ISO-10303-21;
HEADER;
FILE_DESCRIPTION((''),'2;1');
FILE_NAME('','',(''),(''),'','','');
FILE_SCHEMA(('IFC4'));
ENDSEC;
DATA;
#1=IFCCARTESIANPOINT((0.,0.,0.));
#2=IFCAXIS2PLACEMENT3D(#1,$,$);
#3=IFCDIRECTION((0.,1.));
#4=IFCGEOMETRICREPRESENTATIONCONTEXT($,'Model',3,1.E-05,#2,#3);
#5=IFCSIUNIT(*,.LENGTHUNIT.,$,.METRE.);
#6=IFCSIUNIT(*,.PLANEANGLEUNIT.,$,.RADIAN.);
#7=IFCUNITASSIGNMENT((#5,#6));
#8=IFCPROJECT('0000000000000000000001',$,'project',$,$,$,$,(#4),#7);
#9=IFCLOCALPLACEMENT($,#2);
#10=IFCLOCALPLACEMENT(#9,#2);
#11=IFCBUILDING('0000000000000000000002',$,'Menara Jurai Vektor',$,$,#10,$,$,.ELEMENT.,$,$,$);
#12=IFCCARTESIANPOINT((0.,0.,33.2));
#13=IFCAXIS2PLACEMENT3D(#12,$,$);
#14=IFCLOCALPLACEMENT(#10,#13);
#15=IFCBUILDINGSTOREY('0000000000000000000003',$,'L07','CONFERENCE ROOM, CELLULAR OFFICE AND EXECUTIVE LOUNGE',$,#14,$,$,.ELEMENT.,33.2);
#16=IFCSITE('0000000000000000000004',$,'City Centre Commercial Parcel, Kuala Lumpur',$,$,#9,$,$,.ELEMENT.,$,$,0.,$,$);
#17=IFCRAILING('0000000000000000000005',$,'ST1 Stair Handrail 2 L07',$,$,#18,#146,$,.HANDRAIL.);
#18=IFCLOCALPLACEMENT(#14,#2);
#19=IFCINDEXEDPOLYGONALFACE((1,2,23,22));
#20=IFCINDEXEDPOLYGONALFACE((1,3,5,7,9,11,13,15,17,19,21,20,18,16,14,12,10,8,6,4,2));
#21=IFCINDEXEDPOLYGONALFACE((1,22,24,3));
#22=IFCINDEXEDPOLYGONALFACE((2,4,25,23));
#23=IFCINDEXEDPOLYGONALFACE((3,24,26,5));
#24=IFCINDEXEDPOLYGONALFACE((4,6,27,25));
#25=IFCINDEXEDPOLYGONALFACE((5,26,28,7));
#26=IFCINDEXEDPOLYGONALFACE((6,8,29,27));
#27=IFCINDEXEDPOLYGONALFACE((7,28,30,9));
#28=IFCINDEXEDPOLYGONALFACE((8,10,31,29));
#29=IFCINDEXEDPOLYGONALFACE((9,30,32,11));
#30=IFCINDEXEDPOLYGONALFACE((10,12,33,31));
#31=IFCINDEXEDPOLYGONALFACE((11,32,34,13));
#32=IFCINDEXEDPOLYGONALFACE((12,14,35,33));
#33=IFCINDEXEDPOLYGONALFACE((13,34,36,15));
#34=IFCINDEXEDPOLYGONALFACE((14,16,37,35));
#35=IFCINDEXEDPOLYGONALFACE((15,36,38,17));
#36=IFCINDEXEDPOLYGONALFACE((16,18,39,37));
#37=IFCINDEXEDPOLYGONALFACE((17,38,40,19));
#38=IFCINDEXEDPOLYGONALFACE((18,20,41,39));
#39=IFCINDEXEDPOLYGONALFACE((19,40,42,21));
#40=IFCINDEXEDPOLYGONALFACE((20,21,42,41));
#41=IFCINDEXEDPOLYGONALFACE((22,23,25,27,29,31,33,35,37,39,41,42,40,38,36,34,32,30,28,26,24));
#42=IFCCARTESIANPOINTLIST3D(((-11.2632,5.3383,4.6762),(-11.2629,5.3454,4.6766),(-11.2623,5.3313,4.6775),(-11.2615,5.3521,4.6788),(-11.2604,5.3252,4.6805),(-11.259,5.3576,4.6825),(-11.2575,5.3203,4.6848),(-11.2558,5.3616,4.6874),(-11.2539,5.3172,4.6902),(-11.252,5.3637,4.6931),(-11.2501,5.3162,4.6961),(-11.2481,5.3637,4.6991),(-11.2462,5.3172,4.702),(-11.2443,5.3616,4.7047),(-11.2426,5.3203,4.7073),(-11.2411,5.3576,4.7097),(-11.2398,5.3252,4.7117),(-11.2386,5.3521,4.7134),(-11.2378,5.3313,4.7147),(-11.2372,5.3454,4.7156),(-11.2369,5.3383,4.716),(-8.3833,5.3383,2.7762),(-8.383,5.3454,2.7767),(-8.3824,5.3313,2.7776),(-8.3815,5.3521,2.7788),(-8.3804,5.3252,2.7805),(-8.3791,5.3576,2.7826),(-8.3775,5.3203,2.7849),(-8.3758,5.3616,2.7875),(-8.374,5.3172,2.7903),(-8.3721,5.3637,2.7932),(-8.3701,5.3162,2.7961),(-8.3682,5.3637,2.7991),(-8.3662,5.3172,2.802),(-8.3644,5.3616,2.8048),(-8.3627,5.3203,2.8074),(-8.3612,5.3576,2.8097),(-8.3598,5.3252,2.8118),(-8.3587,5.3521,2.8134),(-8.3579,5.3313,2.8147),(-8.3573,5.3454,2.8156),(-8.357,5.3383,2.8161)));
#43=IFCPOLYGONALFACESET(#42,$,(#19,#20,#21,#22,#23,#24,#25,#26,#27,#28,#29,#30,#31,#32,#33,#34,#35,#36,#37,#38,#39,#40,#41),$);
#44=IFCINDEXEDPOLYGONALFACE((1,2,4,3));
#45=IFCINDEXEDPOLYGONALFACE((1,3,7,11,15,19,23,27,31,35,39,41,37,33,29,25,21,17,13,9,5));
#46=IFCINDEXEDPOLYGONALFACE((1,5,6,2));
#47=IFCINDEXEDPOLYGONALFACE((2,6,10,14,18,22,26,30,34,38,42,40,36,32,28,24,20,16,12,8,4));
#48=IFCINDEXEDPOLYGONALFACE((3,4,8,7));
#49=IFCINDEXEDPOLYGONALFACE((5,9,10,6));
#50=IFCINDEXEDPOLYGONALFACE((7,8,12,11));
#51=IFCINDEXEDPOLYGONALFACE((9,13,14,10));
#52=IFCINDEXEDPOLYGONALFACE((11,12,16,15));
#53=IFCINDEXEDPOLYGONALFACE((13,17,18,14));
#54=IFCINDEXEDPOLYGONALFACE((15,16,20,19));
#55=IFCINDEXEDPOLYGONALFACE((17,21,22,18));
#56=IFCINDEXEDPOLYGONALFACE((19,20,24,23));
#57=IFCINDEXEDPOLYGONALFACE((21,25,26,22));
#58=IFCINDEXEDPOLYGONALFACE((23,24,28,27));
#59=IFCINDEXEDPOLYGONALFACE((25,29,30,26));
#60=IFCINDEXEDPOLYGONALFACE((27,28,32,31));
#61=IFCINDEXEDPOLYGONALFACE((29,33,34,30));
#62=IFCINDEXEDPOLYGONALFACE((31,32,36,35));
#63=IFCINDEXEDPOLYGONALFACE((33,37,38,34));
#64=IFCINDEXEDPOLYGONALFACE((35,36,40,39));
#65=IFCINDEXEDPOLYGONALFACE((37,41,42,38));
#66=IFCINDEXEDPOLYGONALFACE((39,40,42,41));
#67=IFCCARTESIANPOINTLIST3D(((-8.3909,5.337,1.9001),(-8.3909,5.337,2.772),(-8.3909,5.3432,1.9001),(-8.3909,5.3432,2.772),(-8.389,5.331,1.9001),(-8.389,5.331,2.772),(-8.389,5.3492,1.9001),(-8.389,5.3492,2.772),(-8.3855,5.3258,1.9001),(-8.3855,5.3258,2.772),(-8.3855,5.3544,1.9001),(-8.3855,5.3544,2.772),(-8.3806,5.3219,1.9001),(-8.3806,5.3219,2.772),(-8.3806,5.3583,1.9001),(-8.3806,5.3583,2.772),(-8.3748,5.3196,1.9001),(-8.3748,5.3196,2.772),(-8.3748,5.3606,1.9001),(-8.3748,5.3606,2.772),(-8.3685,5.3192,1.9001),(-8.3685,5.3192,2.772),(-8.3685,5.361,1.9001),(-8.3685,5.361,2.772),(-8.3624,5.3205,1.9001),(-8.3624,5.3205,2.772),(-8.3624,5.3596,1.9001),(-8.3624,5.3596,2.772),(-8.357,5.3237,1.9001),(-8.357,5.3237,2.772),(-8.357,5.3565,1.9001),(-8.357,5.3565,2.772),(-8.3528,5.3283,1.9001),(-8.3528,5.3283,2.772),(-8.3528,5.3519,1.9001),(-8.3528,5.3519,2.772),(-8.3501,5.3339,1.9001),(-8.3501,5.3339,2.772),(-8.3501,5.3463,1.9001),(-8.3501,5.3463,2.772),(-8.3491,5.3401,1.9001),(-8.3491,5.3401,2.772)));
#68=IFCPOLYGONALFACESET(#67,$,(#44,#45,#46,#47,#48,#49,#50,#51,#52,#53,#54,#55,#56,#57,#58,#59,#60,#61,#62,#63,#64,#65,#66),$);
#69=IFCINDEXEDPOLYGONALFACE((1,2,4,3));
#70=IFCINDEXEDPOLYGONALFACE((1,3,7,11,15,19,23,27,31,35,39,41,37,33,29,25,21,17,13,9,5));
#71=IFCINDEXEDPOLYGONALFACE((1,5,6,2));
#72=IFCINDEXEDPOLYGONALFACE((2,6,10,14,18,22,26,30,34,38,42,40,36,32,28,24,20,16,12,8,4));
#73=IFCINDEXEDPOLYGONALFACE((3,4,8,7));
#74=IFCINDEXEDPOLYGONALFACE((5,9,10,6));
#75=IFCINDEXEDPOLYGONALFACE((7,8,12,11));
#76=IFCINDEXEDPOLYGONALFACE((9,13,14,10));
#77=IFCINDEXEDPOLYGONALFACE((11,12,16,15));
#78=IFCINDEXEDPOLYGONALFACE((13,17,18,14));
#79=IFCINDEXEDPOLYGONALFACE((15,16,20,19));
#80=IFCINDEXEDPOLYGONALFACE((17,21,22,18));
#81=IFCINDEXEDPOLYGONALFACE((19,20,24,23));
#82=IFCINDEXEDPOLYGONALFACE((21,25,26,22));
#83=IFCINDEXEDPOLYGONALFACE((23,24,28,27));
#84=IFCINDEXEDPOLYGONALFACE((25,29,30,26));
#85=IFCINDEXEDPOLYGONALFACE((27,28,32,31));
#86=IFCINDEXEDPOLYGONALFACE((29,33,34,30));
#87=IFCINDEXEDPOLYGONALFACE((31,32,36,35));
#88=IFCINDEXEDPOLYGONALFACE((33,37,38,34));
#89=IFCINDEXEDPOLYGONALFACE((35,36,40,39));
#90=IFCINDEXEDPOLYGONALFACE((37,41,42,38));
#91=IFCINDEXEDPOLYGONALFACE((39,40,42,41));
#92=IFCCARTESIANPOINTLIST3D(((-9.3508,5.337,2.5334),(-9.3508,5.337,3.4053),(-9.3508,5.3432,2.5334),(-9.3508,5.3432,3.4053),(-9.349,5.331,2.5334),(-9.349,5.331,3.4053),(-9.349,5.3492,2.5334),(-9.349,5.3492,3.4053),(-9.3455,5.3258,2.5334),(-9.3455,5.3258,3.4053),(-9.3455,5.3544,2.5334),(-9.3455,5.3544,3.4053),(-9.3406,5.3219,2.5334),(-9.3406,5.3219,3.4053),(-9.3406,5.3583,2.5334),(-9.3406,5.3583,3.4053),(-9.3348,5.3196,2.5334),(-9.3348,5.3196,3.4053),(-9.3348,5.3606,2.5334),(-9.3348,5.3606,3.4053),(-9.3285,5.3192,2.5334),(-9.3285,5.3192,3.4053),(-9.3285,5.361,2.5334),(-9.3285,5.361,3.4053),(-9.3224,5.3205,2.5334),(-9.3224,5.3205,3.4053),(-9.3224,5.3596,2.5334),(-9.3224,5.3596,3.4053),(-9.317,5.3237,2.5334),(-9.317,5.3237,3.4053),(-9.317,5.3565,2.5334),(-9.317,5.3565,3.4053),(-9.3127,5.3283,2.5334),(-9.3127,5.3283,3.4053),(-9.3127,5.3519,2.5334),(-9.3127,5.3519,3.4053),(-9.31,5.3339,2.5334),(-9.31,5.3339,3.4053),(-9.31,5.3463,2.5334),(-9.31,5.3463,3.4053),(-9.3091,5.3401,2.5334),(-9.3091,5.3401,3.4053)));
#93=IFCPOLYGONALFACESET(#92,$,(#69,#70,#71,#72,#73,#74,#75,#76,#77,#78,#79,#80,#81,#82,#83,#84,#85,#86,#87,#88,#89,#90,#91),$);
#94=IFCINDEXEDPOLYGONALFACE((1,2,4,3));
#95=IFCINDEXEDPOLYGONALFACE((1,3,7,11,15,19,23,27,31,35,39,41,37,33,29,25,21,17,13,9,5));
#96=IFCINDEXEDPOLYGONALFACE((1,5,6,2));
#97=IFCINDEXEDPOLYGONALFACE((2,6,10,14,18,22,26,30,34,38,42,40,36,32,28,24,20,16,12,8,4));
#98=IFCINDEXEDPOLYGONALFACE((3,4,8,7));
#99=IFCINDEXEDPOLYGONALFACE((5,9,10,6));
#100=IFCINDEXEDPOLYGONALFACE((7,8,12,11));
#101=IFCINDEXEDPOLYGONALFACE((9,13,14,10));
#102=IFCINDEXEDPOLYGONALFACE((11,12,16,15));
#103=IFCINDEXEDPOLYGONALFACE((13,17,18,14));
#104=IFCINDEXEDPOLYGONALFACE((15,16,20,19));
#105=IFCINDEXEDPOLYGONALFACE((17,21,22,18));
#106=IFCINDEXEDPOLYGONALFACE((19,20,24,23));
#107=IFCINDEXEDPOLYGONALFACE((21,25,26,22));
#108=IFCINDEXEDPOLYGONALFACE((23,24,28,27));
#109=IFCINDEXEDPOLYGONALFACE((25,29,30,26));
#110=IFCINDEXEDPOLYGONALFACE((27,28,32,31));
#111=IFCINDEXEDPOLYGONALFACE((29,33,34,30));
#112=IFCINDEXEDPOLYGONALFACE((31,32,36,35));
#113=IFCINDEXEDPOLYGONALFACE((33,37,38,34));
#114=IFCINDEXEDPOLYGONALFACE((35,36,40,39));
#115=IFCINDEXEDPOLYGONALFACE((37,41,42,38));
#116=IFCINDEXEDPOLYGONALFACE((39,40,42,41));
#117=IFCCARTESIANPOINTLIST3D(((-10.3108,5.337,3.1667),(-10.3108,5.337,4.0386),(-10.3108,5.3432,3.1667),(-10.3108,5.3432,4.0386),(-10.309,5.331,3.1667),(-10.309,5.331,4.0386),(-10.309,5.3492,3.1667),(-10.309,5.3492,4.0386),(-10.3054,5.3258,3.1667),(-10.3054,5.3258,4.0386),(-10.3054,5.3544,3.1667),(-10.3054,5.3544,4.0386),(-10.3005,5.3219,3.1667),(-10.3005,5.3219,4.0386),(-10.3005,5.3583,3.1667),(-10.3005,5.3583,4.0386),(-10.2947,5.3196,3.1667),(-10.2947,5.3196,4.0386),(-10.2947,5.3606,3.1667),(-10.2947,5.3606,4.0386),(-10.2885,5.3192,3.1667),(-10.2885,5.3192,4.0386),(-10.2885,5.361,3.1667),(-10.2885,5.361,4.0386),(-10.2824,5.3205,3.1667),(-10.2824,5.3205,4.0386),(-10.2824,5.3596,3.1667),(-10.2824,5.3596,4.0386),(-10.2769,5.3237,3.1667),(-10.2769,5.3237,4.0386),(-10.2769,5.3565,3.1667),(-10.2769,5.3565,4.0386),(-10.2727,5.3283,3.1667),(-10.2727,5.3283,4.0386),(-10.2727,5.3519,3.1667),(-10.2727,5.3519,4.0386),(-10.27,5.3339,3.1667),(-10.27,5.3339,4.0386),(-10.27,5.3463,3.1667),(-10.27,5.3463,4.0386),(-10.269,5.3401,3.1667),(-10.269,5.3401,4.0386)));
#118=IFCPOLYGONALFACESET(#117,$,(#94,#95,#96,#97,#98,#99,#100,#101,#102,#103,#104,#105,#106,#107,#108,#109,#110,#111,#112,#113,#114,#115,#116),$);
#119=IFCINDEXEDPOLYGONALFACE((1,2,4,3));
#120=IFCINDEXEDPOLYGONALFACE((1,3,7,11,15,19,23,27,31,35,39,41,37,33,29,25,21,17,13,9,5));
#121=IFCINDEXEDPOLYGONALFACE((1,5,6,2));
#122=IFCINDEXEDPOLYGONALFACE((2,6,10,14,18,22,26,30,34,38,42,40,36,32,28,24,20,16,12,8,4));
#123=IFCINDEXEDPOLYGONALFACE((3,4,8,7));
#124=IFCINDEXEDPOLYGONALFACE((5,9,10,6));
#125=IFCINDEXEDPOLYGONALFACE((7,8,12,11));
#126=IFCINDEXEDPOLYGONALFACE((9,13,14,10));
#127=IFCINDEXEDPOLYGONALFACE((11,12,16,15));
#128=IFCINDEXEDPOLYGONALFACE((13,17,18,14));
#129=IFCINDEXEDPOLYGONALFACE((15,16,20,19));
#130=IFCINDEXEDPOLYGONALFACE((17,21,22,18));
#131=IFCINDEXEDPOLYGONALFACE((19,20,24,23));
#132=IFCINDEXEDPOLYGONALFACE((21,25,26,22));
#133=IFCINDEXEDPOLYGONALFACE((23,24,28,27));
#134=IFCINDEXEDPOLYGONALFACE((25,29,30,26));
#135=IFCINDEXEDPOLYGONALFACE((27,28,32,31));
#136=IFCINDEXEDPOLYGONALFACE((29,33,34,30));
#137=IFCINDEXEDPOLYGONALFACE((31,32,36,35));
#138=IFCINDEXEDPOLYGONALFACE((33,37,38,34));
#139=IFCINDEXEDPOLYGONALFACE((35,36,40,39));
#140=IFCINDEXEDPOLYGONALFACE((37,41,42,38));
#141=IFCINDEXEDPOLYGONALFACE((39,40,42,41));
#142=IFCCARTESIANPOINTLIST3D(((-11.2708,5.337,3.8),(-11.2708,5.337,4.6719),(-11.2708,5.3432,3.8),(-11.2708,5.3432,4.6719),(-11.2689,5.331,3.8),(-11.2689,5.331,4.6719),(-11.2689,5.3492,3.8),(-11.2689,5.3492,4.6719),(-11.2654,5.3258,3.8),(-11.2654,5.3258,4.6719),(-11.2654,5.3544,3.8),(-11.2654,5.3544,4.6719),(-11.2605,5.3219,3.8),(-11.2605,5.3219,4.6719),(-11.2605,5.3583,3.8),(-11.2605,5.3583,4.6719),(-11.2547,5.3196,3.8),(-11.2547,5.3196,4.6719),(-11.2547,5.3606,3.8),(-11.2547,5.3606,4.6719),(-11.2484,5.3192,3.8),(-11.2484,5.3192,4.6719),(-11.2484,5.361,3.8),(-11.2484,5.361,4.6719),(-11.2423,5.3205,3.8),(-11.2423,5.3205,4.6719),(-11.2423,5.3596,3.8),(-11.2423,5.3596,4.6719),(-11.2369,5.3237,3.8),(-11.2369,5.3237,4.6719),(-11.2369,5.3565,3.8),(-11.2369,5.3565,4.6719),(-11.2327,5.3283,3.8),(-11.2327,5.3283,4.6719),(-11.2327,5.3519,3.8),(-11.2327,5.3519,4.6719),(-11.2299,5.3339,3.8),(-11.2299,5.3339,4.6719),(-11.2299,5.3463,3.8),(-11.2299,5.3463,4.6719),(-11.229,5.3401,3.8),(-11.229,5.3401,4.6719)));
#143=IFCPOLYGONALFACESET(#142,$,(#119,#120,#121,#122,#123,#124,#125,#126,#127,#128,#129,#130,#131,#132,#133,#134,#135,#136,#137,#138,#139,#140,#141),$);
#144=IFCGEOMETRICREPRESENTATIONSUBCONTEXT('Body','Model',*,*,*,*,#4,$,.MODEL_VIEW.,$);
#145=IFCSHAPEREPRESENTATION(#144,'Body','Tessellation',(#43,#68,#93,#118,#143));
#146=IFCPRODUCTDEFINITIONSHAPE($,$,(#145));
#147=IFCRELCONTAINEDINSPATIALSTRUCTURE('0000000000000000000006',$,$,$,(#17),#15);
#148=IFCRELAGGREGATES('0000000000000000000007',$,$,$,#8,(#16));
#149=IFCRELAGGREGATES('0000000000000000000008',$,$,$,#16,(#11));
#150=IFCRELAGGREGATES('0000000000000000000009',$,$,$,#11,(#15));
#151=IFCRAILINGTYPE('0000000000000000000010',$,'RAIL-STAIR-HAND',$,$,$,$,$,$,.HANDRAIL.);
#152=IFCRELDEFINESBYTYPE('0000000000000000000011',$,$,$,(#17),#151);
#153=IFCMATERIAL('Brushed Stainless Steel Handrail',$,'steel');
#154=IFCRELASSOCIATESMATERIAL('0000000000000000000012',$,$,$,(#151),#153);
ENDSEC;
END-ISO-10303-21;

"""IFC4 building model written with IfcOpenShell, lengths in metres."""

from ifc_helpers import new_model, si_unit, direction, frame, origin, origin_2d, place, context, subcontext, project, spatial, circle, extrude, material, type_object, element, save


model = new_model("IFC4")

# Units and contexts
model_context = context("Model", 3, precision=1e-05, world=origin(), true_north=direction((0.0, 1.0)))
body_context = subcontext(model_context, "Body", "Model", "MODEL_VIEW")
ifc_project = project(units=[si_unit("LENGTHUNIT", "METRE"), si_unit("PLANEANGLEUNIT", "RADIAN")], contexts=[model_context])

# Site, building, storey
site_placement = place(None, origin())
site = spatial("IfcSite", under=ifc_project, at=site_placement, Name="City Centre Commercial Parcel, Kuala Lumpur", CompositionType="ELEMENT", RefElevation=0.0)
building_placement = place(site_placement, origin())
building = spatial("IfcBuilding", under=site, at=building_placement, Name="Menara Jurai Vektor", CompositionType="ELEMENT")
storey_placement = place(building_placement, frame((0.0, 0.0, 33.2)))
storey = spatial("IfcBuildingStorey", under=building, at=storey_placement, Name="L07", Description="CONFERENCE ROOM, CELLULAR OFFICE AND EXECUTIVE LOUNGE", CompositionType="ELEMENT", Elevation=33.2)

# Railing
ifc_material_1 = material(Name="Brushed Stainless Steel Handrail", Category="steel")
railing_type_1 = type_object("IfcRailingType", Name="RAIL-STAIR-HAND", PredefinedType="HANDRAIL", material=ifc_material_1)
railing_1_placement = place(storey_placement, frame((-8.3701, 5.3401, 1.9001)))
element("IfcRailing", 1, at=railing_1_placement, inside=storey, type_object=railing_type_1, Name="ST1 Stair Handrail 2 L07", PredefinedType="HANDRAIL", context=body_context, shape_type="SweptSolid", body=[
    extrude(circle(Radius=0.0239, at=origin_2d()), frame((0.0, 0.0, 0.896), z_axis=(-0.834719, 0.0, 0.550677), x_axis=(0.0, -1.0, 0.0)), (0.0, 0.0, 1.0), 3.4502),
    extrude(circle(Radius=0.021, at=origin_2d()), origin(), (0.0, 0.0, 1.0), 0.8718),
    extrude(circle(Radius=0.021, at=origin_2d()), frame((-0.96, 0.0, 0.6333)), (0.0, 0.0, 1.0), 0.8718),
    extrude(circle(Radius=0.021, at=origin_2d()), frame((-1.9199, 0.0, 1.2666)), (0.0, 0.0, 1.0), 0.8718),
    extrude(circle(Radius=0.021, at=origin_2d()), frame((-2.8799, 0.0, 1.8999)), (0.0, 0.0, 1.0), 0.8718),
])

save(model, "model.ifc")
